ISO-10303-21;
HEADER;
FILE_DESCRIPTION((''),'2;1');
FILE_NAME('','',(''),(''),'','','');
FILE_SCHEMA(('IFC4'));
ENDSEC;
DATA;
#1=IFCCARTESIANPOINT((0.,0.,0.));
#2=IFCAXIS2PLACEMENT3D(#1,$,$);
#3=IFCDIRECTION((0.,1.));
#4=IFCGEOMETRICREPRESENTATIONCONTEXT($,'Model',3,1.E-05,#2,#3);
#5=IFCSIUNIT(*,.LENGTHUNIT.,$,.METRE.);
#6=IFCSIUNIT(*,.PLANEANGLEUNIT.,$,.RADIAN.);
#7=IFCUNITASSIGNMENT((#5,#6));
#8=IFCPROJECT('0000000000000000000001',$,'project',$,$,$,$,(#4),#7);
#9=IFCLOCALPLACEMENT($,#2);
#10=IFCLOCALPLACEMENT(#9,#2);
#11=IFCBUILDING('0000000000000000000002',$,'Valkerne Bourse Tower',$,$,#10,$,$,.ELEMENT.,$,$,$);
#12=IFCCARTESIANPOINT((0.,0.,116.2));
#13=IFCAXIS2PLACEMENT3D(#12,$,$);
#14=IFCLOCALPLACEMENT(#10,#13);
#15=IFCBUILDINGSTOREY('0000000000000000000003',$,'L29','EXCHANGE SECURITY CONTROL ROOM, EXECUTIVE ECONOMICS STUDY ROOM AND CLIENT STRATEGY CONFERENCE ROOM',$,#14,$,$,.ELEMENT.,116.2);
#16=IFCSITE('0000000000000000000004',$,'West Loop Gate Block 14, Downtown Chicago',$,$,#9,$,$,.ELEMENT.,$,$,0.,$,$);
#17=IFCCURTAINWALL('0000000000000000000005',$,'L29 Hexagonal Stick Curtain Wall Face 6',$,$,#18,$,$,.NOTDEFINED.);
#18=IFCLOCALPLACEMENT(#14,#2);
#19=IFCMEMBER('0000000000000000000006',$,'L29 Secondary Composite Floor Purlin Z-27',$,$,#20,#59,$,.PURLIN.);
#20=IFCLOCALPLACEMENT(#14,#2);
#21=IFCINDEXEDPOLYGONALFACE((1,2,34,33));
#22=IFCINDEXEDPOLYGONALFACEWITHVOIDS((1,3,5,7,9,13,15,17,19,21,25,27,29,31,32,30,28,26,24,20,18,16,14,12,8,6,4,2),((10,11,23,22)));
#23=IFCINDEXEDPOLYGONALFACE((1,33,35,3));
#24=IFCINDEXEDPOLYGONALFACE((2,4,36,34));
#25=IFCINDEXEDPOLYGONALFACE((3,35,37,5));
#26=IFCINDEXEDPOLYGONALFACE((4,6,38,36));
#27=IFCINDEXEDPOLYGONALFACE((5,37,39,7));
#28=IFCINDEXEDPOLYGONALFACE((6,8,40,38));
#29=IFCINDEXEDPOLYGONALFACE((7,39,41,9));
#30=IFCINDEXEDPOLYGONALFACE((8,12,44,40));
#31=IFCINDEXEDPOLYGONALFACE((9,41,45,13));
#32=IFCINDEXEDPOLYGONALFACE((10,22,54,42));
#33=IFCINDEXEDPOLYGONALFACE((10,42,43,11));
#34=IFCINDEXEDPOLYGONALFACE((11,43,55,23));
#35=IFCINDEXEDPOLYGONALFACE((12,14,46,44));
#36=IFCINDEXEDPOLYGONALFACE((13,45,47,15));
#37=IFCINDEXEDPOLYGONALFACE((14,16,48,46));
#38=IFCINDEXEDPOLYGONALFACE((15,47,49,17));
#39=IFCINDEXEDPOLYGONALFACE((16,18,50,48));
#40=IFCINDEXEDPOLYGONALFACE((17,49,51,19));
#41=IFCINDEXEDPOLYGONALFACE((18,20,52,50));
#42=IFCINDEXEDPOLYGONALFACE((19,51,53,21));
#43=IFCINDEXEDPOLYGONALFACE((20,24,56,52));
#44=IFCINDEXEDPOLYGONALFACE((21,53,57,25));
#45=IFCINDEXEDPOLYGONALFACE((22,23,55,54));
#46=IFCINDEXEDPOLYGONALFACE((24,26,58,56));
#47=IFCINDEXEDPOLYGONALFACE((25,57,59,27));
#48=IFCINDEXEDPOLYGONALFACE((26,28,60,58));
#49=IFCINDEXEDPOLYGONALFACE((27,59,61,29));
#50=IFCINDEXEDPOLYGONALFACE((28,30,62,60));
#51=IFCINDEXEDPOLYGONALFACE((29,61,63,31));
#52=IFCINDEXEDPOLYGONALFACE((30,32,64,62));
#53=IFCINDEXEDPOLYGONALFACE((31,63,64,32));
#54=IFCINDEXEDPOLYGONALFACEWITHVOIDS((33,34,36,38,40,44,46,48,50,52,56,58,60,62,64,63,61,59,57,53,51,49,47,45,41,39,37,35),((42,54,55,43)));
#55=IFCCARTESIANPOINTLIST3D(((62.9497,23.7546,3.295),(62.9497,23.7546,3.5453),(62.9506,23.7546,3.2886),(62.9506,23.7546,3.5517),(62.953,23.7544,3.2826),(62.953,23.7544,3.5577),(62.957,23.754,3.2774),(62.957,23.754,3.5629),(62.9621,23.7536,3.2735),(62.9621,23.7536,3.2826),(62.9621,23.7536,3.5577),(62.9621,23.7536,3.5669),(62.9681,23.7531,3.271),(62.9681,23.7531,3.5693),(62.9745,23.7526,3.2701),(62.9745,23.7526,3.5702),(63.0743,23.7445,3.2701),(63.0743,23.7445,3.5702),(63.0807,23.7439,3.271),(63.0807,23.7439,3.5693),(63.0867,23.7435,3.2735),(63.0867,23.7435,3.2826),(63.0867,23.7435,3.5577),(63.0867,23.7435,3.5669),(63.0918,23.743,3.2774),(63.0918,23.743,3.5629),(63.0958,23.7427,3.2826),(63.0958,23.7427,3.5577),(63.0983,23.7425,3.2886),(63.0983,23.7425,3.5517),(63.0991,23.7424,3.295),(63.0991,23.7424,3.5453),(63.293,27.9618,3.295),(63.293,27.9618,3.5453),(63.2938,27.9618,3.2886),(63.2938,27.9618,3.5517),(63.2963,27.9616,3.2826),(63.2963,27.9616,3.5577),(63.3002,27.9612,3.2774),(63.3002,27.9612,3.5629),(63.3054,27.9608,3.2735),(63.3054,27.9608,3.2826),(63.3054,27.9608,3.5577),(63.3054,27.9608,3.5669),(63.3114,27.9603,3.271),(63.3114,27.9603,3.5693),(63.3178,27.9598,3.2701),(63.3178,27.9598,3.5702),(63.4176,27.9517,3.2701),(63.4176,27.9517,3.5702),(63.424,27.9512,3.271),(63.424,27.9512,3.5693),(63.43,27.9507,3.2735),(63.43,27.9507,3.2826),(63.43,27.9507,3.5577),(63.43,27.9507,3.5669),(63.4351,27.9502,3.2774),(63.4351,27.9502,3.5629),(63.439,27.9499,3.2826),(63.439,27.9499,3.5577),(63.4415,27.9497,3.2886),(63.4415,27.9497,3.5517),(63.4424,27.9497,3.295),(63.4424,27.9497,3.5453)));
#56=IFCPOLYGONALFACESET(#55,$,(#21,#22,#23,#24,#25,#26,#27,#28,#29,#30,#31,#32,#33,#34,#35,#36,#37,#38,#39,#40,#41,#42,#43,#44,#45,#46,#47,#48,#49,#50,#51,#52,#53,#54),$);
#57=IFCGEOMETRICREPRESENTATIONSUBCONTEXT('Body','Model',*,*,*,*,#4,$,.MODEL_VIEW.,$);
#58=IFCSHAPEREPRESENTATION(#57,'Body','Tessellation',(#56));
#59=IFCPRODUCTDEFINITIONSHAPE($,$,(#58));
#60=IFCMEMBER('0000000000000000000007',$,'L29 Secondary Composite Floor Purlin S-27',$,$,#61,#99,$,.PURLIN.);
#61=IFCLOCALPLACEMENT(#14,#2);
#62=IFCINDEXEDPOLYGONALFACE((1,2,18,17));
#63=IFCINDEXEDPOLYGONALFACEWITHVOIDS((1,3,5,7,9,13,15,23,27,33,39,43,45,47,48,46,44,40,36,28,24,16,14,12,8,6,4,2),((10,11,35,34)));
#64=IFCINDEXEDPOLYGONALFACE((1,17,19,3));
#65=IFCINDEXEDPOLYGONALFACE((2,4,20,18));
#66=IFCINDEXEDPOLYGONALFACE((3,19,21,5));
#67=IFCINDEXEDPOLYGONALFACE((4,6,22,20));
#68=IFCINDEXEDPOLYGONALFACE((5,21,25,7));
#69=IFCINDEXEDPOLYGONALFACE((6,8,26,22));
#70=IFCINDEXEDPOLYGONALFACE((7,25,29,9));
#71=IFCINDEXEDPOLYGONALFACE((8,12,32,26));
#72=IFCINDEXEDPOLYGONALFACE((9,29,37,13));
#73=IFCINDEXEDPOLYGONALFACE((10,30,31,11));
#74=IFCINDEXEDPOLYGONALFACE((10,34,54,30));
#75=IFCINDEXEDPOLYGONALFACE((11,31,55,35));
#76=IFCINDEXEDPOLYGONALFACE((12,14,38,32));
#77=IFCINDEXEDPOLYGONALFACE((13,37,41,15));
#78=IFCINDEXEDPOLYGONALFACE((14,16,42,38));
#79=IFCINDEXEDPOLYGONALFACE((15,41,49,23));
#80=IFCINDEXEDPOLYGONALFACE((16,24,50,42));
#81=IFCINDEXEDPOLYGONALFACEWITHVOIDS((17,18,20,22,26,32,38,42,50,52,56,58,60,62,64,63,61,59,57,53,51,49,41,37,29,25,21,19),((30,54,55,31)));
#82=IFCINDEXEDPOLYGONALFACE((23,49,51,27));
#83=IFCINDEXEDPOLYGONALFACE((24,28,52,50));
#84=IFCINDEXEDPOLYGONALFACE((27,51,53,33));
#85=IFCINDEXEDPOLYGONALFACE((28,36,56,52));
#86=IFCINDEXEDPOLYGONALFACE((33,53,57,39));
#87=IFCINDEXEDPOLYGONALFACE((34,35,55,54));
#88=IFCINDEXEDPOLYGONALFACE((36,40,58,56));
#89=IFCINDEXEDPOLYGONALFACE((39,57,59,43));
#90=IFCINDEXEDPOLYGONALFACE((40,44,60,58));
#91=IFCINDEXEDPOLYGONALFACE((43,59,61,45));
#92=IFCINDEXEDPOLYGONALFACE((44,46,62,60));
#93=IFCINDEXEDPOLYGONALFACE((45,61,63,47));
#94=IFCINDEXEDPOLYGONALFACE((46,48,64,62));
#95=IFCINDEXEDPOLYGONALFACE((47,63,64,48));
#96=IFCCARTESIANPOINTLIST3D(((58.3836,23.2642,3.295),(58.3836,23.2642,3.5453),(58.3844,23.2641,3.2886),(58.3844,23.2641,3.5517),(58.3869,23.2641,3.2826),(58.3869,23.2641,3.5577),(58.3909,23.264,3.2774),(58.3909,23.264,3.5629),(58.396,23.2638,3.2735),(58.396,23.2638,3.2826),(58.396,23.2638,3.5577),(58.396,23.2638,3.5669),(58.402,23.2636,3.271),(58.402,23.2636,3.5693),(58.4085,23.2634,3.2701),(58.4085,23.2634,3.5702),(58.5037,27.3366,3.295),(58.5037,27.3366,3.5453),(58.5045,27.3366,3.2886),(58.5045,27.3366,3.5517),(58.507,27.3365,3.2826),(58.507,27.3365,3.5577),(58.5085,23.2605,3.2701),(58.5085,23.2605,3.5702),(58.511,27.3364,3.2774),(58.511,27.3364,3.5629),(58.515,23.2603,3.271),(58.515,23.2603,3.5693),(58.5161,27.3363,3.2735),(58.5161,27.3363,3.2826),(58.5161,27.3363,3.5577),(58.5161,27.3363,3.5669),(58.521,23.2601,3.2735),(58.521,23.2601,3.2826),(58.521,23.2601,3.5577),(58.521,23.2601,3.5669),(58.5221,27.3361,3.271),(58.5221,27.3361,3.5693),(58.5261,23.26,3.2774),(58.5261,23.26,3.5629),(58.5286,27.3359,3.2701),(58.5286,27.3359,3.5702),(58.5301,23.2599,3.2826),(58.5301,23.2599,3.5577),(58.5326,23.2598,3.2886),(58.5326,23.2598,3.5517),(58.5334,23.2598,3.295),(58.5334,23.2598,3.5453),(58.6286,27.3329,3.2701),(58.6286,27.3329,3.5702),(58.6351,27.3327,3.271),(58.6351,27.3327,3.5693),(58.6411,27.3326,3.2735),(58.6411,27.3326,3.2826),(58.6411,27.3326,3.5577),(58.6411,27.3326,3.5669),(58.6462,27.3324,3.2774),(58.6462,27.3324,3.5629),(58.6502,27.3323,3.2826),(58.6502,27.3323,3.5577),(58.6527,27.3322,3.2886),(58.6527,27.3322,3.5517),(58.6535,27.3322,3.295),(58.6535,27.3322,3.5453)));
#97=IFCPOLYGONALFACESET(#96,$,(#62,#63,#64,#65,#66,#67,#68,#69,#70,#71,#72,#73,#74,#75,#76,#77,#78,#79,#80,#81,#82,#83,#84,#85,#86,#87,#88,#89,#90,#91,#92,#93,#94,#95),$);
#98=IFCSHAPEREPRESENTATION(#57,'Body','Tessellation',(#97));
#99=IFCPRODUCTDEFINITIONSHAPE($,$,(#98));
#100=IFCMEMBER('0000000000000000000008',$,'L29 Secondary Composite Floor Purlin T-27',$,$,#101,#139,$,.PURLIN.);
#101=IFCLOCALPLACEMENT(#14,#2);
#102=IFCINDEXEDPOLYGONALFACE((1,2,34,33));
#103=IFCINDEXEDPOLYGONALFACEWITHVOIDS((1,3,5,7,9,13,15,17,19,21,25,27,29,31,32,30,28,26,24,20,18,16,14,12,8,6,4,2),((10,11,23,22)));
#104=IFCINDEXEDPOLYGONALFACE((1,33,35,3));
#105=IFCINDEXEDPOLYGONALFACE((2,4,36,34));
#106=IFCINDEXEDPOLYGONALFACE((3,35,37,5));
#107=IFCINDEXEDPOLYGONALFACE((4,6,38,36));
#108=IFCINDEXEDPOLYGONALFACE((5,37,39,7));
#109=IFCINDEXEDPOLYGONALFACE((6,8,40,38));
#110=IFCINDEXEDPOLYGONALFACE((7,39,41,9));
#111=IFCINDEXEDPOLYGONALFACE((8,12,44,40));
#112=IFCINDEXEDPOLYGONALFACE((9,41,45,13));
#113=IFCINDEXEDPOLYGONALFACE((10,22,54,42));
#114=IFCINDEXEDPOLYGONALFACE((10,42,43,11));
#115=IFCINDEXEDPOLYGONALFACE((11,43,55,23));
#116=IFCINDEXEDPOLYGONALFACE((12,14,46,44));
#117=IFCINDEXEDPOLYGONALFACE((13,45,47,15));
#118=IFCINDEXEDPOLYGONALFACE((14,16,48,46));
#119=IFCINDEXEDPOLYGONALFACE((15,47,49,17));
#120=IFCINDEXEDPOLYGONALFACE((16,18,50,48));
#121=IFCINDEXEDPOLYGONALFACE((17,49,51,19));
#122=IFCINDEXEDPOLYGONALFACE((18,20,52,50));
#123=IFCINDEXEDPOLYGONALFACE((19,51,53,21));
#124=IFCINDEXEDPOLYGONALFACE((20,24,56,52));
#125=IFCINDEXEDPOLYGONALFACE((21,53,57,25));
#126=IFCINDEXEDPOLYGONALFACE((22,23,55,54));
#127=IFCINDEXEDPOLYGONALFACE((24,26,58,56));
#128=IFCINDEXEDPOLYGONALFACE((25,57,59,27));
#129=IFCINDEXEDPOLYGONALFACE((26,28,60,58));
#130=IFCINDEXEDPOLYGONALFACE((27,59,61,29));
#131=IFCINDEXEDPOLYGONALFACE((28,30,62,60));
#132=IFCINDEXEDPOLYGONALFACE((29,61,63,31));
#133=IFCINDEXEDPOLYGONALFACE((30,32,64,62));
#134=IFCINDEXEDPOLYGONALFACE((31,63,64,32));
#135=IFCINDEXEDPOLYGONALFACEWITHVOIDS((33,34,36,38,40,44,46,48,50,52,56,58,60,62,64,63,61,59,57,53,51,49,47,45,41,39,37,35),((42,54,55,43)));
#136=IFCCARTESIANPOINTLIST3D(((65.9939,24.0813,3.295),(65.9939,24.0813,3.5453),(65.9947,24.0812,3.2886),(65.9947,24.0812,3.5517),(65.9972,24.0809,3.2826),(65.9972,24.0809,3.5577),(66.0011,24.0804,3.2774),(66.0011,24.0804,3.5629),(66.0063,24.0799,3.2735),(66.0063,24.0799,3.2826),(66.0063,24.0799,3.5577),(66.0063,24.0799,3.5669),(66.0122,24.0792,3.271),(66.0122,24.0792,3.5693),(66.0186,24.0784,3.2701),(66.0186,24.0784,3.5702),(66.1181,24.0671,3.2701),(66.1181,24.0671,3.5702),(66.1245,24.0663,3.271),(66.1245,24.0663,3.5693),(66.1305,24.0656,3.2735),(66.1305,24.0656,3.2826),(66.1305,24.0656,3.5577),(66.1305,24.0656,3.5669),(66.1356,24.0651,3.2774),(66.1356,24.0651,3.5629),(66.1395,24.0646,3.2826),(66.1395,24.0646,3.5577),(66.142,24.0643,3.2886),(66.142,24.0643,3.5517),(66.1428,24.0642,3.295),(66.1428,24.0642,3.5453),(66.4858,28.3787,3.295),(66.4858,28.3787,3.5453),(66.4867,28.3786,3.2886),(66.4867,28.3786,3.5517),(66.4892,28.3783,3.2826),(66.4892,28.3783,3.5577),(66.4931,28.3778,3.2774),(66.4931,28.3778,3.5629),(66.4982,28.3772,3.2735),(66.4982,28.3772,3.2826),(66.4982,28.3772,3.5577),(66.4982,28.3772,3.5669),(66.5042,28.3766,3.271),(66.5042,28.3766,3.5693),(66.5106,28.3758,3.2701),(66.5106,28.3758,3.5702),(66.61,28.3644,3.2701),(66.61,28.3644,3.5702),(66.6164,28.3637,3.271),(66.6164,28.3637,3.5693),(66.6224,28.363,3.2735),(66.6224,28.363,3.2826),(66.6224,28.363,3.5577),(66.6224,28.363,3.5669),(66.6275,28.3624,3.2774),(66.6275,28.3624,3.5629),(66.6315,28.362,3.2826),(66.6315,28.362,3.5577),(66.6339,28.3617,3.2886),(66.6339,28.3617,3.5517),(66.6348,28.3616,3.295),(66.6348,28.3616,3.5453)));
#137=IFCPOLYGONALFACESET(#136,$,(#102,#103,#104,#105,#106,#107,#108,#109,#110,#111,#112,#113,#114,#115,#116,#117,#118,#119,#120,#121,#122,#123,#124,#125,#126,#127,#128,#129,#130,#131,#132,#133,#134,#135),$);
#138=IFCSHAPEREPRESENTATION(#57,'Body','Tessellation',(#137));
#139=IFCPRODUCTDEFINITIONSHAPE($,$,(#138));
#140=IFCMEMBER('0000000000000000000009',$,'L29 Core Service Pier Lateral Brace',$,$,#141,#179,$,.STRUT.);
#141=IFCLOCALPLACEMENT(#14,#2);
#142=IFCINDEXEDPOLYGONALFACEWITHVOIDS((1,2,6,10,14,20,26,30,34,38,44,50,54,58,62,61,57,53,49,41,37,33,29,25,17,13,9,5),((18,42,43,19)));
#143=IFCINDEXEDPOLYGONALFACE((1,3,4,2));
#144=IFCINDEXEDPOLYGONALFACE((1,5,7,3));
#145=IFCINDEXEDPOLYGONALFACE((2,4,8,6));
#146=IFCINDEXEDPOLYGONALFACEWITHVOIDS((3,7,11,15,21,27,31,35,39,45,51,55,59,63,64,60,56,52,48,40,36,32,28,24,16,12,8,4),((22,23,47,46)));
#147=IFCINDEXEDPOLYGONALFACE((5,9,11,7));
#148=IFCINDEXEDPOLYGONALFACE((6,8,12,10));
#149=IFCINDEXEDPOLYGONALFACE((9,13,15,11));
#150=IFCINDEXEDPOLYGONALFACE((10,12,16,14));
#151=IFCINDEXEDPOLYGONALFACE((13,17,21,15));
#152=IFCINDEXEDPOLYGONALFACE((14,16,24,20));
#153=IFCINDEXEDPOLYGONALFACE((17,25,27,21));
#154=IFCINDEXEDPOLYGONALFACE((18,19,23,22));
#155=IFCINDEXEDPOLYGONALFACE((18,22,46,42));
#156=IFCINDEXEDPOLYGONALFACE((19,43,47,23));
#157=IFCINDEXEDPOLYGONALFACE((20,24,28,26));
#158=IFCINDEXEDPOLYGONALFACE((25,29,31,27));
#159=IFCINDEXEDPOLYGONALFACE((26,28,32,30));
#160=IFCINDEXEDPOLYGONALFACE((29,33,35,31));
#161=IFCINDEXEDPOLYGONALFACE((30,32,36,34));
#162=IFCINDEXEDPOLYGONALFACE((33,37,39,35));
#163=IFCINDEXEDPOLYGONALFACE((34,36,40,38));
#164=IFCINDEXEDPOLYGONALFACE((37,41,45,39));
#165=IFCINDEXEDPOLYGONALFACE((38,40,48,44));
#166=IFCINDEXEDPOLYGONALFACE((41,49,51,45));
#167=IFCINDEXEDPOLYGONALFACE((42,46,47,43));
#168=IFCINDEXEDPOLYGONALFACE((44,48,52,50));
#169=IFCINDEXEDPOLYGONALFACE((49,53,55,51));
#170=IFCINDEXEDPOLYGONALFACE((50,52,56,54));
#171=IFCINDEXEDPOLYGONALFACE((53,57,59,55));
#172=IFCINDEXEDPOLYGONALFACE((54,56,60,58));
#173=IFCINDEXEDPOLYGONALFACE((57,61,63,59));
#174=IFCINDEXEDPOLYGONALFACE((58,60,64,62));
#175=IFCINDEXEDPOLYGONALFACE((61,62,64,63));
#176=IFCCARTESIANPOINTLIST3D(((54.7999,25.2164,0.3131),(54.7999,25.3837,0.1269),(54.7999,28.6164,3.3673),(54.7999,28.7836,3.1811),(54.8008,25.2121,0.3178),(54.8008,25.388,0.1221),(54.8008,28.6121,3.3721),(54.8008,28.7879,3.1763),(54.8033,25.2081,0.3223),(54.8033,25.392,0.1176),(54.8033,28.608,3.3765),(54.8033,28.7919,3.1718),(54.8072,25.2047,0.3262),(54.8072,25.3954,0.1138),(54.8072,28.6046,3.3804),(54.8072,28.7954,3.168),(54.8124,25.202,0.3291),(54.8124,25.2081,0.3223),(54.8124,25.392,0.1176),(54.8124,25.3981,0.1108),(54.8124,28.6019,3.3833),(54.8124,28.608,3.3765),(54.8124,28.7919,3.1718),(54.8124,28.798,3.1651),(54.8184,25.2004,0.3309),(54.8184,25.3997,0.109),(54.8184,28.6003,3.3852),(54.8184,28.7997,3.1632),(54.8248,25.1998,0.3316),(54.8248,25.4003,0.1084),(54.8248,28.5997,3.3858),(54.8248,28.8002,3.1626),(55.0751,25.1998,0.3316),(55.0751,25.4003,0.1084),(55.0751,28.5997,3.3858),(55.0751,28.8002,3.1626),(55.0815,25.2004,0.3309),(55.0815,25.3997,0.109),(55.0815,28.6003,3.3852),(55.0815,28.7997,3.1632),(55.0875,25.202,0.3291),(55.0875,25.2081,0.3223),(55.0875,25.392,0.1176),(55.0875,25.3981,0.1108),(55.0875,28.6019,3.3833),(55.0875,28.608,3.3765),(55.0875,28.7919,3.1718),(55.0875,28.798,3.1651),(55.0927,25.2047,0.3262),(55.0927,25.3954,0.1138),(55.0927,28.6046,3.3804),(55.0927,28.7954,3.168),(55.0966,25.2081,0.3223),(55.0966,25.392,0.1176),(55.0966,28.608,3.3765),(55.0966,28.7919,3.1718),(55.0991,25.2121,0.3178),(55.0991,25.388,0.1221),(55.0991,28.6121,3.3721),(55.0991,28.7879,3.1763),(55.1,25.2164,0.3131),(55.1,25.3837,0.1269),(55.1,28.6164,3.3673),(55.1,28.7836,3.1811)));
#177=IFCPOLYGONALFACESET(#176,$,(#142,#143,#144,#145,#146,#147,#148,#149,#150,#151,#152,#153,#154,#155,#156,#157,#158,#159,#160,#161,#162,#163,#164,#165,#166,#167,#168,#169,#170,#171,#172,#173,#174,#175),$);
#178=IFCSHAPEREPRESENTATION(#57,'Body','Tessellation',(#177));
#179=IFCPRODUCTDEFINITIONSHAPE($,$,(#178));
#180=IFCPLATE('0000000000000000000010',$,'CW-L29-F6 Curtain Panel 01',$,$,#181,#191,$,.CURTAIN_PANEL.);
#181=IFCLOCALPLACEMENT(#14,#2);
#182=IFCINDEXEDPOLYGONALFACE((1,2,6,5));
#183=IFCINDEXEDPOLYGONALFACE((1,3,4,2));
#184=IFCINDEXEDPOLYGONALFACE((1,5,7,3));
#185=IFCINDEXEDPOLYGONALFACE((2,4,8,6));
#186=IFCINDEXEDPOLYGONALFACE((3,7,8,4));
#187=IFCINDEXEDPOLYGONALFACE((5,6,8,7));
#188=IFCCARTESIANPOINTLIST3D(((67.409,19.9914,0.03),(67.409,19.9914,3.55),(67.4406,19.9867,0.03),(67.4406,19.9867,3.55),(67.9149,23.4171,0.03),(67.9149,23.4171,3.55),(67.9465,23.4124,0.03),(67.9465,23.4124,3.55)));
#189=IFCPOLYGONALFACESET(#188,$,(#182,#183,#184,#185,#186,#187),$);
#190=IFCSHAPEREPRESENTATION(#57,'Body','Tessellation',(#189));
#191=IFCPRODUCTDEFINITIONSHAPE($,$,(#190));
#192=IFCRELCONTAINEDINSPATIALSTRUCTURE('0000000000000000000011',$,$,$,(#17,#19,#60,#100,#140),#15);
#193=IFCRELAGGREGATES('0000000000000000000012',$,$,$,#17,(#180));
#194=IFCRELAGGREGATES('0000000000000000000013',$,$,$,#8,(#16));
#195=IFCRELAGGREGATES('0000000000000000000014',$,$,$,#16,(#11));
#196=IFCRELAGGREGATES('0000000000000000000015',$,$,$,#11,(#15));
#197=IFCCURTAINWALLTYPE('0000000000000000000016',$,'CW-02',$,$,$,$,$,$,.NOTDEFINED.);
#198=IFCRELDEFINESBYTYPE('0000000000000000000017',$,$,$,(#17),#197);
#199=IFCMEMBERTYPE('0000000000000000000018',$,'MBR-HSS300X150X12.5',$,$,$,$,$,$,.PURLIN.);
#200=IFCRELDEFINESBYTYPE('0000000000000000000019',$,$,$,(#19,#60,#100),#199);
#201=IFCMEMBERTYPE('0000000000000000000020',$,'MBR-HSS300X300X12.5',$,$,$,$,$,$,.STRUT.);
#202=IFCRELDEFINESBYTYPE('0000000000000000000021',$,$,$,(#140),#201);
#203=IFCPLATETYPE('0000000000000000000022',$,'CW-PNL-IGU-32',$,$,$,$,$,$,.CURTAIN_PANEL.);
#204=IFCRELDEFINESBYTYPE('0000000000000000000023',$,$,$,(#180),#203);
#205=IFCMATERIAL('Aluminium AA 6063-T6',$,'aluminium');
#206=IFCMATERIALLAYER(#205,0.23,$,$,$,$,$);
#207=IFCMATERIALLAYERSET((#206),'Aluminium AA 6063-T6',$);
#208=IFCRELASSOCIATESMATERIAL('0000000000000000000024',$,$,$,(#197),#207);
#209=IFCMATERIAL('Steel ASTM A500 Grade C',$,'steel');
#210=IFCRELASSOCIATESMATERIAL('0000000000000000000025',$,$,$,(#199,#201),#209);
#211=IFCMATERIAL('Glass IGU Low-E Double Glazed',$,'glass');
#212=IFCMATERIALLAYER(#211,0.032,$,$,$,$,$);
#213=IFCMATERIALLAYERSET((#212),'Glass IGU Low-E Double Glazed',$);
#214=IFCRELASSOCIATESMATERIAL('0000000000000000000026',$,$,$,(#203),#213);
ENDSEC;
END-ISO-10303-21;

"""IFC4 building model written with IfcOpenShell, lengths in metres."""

from ifc_helpers import new_model, si_unit, direction, frame, origin, origin_2d, place, context, subcontext, project, spatial, rectangle, hollow_rectangle, extrude, material, layer, layer_set, material_profile, profile_set, type_object, element, aggregate, save


model = new_model("IFC4")

# Units and contexts
model_context = context("Model", 3, precision=1e-05, world=origin(), true_north=direction((0.0, 1.0)))
body_context = subcontext(model_context, "Body", "Model", "MODEL_VIEW")
ifc_project = project(units=[si_unit("LENGTHUNIT", "METRE"), si_unit("PLANEANGLEUNIT", "RADIAN")], contexts=[model_context])

# Site, building, storey
site_placement = place(None, origin())
site = spatial("IfcSite", under=ifc_project, at=site_placement, Name="West Loop Gate Block 14, Downtown Chicago", CompositionType="ELEMENT", RefElevation=0.0)
building_placement = place(site_placement, origin())
building = spatial("IfcBuilding", under=site, at=building_placement, Name="Valkerne Bourse Tower", CompositionType="ELEMENT")
storey_placement = place(building_placement, frame((0.0, 0.0, 116.2)))
storey = spatial("IfcBuildingStorey", under=building, at=storey_placement, Name="L29", Description="EXCHANGE SECURITY CONTROL ROOM, EXECUTIVE ECONOMICS STUDY ROOM AND CLIENT STRATEGY CONFERENCE ROOM", CompositionType="ELEMENT", Elevation=116.2)

# Curtain wall
ifc_material_1 = material(Name="Aluminium AA 6063-T6", Category="aluminium")
ifc_layer_1 = layer(ifc_material_1, 0.23)
ifc_layer_set_1 = layer_set([ifc_layer_1], Name="Aluminium AA 6063-T6")
curtain_wall_type = type_object("IfcCurtainWallType", Name="CW-02", PredefinedType="NOTDEFINED", material=ifc_layer_set_1)
curtain_wall_placement = place(storey_placement, origin())
curtain_wall = element("IfcCurtainWall", 1, at=curtain_wall_placement, inside=storey, type_object=curtain_wall_type, Name="L29 Hexagonal Stick Curtain Wall Face 6", PredefinedType="NOTDEFINED")

# Members
ifc_material_2 = material(Name="Steel ASTM A500 Grade C", Category="steel")
ifc_material_profile_1 = material_profile(ifc_material_2, hollow_rectangle(XDim=0.1499, YDim=0.3, WallThickness=0.0125, OuterFilletRadius=0.0249, at=origin_2d()), Name="HSS300X150X12.5")
ifc_profile_set_1 = profile_set([ifc_material_profile_1], Name="Steel ASTM A500 Grade C")
member_type_1 = type_object("IfcMemberType", Name="MBR-HSS300X150X12.5", PredefinedType="PURLIN", material=ifc_profile_set_1)
member_1_placement = place(storey_placement, frame((63.0244, 23.7485, 3.4202), z_axis=(0.081317, 0.996688, 0.0), x_axis=(-0.996688, 0.081317, 0.0)))
element("IfcMember", 2, at=member_1_placement, inside=storey, type_object=member_type_1, Name="L29 Secondary Composite Floor Purlin Z-27", PredefinedType="PURLIN", context=body_context, shape_type="SweptSolid", body=[
    extrude(hollow_rectangle(XDim=0.1499, YDim=0.3, WallThickness=0.0125, OuterFilletRadius=0.0249, at=origin_2d()), origin(), (0.0, 0.0, 1.0), 4.2212),
])
member_2_placement = place(storey_placement, frame((58.4585, 23.262, 3.4202), z_axis=(0.029482, 0.999565, 0.0), x_axis=(-0.999565, 0.029482, 0.0)))
element("IfcMember", 3, at=member_2_placement, inside=storey, type_object=member_type_1, Name="L29 Secondary Composite Floor Purlin S-27", PredefinedType="PURLIN", context=body_context, shape_type="SweptSolid", body=[
    extrude(hollow_rectangle(XDim=0.1499, YDim=0.3, WallThickness=0.0125, OuterFilletRadius=0.0249, at=origin_2d()), origin(), (0.0, 0.0, 1.0), 4.0742),
])
member_3_placement = place(storey_placement, frame((66.0684, 24.0728, 3.4202), z_axis=(0.113733, 0.993511, 0.0), x_axis=(-0.993511, 0.113733, 0.0)))
element("IfcMember", 4, at=member_3_placement, inside=storey, type_object=member_type_1, Name="L29 Secondary Composite Floor Purlin T-27", PredefinedType="PURLIN", context=body_context, shape_type="SweptSolid", body=[
    extrude(hollow_rectangle(XDim=0.1499, YDim=0.3, WallThickness=0.0125, OuterFilletRadius=0.0249, at=origin_2d()), origin(), (0.0, 0.0, 1.0), 4.3254),
])
ifc_material_profile_2 = material_profile(ifc_material_2, hollow_rectangle(XDim=0.3, YDim=0.3, WallThickness=0.0125, OuterFilletRadius=0.0249, at=origin_2d()), Name="HSS300X300X12.5")
ifc_profile_set_2 = profile_set([ifc_material_profile_2], Name="Steel ASTM A500 Grade C")
member_type_2 = type_object("IfcMemberType", Name="MBR-HSS300X300X12.5", PredefinedType="STRUT", material=ifc_profile_set_2)
member_4_placement = place(storey_placement, frame((54.95, 25.3, 0.22), z_axis=(0.0, 0.743915, 0.668274), x_axis=(-1.0, 0.0, 0.0)))
element("IfcMember", 5, at=member_4_placement, inside=storey, type_object=member_type_2, Name="L29 Core Service Pier Lateral Brace", PredefinedType="STRUT", context=body_context, shape_type="SweptSolid", body=[
    extrude(hollow_rectangle(XDim=0.3, YDim=0.3, WallThickness=0.0125, OuterFilletRadius=0.0249, at=origin_2d()), origin(), (0.0, 0.0, 1.0), 4.5703),
])

# Plate
ifc_material_3 = material(Name="Glass IGU Low-E Double Glazed", Category="glass")
ifc_layer_2 = layer(ifc_material_3, 0.032)
ifc_layer_set_2 = layer_set([ifc_layer_2], Name="Glass IGU Low-E Double Glazed")
plate_type_1 = type_object("IfcPlateType", Name="CW-PNL-IGU-32", PredefinedType="CURTAIN_PANEL", material=ifc_layer_set_2)
plate_1_placement = place(storey_placement, frame((67.6777, 21.7019, 0.03), z_axis=(0.0, 0.0, 1.0), x_axis=(0.14609, 0.989271, 0.0)))
plate_1 = element("IfcPlate", 6, at=plate_1_placement, type_object=plate_type_1, Name="CW-L29-F6 Curtain Panel 01", PredefinedType="CURTAIN_PANEL", context=body_context, shape_type="SweptSolid", body=[
    extrude(rectangle(XDim=3.4629, YDim=0.032, at=origin_2d()), origin(), (0.0, 0.0, 1.0), 3.52),
])
aggregate(curtain_wall, [plate_1])

save(model, "model.ifc")
